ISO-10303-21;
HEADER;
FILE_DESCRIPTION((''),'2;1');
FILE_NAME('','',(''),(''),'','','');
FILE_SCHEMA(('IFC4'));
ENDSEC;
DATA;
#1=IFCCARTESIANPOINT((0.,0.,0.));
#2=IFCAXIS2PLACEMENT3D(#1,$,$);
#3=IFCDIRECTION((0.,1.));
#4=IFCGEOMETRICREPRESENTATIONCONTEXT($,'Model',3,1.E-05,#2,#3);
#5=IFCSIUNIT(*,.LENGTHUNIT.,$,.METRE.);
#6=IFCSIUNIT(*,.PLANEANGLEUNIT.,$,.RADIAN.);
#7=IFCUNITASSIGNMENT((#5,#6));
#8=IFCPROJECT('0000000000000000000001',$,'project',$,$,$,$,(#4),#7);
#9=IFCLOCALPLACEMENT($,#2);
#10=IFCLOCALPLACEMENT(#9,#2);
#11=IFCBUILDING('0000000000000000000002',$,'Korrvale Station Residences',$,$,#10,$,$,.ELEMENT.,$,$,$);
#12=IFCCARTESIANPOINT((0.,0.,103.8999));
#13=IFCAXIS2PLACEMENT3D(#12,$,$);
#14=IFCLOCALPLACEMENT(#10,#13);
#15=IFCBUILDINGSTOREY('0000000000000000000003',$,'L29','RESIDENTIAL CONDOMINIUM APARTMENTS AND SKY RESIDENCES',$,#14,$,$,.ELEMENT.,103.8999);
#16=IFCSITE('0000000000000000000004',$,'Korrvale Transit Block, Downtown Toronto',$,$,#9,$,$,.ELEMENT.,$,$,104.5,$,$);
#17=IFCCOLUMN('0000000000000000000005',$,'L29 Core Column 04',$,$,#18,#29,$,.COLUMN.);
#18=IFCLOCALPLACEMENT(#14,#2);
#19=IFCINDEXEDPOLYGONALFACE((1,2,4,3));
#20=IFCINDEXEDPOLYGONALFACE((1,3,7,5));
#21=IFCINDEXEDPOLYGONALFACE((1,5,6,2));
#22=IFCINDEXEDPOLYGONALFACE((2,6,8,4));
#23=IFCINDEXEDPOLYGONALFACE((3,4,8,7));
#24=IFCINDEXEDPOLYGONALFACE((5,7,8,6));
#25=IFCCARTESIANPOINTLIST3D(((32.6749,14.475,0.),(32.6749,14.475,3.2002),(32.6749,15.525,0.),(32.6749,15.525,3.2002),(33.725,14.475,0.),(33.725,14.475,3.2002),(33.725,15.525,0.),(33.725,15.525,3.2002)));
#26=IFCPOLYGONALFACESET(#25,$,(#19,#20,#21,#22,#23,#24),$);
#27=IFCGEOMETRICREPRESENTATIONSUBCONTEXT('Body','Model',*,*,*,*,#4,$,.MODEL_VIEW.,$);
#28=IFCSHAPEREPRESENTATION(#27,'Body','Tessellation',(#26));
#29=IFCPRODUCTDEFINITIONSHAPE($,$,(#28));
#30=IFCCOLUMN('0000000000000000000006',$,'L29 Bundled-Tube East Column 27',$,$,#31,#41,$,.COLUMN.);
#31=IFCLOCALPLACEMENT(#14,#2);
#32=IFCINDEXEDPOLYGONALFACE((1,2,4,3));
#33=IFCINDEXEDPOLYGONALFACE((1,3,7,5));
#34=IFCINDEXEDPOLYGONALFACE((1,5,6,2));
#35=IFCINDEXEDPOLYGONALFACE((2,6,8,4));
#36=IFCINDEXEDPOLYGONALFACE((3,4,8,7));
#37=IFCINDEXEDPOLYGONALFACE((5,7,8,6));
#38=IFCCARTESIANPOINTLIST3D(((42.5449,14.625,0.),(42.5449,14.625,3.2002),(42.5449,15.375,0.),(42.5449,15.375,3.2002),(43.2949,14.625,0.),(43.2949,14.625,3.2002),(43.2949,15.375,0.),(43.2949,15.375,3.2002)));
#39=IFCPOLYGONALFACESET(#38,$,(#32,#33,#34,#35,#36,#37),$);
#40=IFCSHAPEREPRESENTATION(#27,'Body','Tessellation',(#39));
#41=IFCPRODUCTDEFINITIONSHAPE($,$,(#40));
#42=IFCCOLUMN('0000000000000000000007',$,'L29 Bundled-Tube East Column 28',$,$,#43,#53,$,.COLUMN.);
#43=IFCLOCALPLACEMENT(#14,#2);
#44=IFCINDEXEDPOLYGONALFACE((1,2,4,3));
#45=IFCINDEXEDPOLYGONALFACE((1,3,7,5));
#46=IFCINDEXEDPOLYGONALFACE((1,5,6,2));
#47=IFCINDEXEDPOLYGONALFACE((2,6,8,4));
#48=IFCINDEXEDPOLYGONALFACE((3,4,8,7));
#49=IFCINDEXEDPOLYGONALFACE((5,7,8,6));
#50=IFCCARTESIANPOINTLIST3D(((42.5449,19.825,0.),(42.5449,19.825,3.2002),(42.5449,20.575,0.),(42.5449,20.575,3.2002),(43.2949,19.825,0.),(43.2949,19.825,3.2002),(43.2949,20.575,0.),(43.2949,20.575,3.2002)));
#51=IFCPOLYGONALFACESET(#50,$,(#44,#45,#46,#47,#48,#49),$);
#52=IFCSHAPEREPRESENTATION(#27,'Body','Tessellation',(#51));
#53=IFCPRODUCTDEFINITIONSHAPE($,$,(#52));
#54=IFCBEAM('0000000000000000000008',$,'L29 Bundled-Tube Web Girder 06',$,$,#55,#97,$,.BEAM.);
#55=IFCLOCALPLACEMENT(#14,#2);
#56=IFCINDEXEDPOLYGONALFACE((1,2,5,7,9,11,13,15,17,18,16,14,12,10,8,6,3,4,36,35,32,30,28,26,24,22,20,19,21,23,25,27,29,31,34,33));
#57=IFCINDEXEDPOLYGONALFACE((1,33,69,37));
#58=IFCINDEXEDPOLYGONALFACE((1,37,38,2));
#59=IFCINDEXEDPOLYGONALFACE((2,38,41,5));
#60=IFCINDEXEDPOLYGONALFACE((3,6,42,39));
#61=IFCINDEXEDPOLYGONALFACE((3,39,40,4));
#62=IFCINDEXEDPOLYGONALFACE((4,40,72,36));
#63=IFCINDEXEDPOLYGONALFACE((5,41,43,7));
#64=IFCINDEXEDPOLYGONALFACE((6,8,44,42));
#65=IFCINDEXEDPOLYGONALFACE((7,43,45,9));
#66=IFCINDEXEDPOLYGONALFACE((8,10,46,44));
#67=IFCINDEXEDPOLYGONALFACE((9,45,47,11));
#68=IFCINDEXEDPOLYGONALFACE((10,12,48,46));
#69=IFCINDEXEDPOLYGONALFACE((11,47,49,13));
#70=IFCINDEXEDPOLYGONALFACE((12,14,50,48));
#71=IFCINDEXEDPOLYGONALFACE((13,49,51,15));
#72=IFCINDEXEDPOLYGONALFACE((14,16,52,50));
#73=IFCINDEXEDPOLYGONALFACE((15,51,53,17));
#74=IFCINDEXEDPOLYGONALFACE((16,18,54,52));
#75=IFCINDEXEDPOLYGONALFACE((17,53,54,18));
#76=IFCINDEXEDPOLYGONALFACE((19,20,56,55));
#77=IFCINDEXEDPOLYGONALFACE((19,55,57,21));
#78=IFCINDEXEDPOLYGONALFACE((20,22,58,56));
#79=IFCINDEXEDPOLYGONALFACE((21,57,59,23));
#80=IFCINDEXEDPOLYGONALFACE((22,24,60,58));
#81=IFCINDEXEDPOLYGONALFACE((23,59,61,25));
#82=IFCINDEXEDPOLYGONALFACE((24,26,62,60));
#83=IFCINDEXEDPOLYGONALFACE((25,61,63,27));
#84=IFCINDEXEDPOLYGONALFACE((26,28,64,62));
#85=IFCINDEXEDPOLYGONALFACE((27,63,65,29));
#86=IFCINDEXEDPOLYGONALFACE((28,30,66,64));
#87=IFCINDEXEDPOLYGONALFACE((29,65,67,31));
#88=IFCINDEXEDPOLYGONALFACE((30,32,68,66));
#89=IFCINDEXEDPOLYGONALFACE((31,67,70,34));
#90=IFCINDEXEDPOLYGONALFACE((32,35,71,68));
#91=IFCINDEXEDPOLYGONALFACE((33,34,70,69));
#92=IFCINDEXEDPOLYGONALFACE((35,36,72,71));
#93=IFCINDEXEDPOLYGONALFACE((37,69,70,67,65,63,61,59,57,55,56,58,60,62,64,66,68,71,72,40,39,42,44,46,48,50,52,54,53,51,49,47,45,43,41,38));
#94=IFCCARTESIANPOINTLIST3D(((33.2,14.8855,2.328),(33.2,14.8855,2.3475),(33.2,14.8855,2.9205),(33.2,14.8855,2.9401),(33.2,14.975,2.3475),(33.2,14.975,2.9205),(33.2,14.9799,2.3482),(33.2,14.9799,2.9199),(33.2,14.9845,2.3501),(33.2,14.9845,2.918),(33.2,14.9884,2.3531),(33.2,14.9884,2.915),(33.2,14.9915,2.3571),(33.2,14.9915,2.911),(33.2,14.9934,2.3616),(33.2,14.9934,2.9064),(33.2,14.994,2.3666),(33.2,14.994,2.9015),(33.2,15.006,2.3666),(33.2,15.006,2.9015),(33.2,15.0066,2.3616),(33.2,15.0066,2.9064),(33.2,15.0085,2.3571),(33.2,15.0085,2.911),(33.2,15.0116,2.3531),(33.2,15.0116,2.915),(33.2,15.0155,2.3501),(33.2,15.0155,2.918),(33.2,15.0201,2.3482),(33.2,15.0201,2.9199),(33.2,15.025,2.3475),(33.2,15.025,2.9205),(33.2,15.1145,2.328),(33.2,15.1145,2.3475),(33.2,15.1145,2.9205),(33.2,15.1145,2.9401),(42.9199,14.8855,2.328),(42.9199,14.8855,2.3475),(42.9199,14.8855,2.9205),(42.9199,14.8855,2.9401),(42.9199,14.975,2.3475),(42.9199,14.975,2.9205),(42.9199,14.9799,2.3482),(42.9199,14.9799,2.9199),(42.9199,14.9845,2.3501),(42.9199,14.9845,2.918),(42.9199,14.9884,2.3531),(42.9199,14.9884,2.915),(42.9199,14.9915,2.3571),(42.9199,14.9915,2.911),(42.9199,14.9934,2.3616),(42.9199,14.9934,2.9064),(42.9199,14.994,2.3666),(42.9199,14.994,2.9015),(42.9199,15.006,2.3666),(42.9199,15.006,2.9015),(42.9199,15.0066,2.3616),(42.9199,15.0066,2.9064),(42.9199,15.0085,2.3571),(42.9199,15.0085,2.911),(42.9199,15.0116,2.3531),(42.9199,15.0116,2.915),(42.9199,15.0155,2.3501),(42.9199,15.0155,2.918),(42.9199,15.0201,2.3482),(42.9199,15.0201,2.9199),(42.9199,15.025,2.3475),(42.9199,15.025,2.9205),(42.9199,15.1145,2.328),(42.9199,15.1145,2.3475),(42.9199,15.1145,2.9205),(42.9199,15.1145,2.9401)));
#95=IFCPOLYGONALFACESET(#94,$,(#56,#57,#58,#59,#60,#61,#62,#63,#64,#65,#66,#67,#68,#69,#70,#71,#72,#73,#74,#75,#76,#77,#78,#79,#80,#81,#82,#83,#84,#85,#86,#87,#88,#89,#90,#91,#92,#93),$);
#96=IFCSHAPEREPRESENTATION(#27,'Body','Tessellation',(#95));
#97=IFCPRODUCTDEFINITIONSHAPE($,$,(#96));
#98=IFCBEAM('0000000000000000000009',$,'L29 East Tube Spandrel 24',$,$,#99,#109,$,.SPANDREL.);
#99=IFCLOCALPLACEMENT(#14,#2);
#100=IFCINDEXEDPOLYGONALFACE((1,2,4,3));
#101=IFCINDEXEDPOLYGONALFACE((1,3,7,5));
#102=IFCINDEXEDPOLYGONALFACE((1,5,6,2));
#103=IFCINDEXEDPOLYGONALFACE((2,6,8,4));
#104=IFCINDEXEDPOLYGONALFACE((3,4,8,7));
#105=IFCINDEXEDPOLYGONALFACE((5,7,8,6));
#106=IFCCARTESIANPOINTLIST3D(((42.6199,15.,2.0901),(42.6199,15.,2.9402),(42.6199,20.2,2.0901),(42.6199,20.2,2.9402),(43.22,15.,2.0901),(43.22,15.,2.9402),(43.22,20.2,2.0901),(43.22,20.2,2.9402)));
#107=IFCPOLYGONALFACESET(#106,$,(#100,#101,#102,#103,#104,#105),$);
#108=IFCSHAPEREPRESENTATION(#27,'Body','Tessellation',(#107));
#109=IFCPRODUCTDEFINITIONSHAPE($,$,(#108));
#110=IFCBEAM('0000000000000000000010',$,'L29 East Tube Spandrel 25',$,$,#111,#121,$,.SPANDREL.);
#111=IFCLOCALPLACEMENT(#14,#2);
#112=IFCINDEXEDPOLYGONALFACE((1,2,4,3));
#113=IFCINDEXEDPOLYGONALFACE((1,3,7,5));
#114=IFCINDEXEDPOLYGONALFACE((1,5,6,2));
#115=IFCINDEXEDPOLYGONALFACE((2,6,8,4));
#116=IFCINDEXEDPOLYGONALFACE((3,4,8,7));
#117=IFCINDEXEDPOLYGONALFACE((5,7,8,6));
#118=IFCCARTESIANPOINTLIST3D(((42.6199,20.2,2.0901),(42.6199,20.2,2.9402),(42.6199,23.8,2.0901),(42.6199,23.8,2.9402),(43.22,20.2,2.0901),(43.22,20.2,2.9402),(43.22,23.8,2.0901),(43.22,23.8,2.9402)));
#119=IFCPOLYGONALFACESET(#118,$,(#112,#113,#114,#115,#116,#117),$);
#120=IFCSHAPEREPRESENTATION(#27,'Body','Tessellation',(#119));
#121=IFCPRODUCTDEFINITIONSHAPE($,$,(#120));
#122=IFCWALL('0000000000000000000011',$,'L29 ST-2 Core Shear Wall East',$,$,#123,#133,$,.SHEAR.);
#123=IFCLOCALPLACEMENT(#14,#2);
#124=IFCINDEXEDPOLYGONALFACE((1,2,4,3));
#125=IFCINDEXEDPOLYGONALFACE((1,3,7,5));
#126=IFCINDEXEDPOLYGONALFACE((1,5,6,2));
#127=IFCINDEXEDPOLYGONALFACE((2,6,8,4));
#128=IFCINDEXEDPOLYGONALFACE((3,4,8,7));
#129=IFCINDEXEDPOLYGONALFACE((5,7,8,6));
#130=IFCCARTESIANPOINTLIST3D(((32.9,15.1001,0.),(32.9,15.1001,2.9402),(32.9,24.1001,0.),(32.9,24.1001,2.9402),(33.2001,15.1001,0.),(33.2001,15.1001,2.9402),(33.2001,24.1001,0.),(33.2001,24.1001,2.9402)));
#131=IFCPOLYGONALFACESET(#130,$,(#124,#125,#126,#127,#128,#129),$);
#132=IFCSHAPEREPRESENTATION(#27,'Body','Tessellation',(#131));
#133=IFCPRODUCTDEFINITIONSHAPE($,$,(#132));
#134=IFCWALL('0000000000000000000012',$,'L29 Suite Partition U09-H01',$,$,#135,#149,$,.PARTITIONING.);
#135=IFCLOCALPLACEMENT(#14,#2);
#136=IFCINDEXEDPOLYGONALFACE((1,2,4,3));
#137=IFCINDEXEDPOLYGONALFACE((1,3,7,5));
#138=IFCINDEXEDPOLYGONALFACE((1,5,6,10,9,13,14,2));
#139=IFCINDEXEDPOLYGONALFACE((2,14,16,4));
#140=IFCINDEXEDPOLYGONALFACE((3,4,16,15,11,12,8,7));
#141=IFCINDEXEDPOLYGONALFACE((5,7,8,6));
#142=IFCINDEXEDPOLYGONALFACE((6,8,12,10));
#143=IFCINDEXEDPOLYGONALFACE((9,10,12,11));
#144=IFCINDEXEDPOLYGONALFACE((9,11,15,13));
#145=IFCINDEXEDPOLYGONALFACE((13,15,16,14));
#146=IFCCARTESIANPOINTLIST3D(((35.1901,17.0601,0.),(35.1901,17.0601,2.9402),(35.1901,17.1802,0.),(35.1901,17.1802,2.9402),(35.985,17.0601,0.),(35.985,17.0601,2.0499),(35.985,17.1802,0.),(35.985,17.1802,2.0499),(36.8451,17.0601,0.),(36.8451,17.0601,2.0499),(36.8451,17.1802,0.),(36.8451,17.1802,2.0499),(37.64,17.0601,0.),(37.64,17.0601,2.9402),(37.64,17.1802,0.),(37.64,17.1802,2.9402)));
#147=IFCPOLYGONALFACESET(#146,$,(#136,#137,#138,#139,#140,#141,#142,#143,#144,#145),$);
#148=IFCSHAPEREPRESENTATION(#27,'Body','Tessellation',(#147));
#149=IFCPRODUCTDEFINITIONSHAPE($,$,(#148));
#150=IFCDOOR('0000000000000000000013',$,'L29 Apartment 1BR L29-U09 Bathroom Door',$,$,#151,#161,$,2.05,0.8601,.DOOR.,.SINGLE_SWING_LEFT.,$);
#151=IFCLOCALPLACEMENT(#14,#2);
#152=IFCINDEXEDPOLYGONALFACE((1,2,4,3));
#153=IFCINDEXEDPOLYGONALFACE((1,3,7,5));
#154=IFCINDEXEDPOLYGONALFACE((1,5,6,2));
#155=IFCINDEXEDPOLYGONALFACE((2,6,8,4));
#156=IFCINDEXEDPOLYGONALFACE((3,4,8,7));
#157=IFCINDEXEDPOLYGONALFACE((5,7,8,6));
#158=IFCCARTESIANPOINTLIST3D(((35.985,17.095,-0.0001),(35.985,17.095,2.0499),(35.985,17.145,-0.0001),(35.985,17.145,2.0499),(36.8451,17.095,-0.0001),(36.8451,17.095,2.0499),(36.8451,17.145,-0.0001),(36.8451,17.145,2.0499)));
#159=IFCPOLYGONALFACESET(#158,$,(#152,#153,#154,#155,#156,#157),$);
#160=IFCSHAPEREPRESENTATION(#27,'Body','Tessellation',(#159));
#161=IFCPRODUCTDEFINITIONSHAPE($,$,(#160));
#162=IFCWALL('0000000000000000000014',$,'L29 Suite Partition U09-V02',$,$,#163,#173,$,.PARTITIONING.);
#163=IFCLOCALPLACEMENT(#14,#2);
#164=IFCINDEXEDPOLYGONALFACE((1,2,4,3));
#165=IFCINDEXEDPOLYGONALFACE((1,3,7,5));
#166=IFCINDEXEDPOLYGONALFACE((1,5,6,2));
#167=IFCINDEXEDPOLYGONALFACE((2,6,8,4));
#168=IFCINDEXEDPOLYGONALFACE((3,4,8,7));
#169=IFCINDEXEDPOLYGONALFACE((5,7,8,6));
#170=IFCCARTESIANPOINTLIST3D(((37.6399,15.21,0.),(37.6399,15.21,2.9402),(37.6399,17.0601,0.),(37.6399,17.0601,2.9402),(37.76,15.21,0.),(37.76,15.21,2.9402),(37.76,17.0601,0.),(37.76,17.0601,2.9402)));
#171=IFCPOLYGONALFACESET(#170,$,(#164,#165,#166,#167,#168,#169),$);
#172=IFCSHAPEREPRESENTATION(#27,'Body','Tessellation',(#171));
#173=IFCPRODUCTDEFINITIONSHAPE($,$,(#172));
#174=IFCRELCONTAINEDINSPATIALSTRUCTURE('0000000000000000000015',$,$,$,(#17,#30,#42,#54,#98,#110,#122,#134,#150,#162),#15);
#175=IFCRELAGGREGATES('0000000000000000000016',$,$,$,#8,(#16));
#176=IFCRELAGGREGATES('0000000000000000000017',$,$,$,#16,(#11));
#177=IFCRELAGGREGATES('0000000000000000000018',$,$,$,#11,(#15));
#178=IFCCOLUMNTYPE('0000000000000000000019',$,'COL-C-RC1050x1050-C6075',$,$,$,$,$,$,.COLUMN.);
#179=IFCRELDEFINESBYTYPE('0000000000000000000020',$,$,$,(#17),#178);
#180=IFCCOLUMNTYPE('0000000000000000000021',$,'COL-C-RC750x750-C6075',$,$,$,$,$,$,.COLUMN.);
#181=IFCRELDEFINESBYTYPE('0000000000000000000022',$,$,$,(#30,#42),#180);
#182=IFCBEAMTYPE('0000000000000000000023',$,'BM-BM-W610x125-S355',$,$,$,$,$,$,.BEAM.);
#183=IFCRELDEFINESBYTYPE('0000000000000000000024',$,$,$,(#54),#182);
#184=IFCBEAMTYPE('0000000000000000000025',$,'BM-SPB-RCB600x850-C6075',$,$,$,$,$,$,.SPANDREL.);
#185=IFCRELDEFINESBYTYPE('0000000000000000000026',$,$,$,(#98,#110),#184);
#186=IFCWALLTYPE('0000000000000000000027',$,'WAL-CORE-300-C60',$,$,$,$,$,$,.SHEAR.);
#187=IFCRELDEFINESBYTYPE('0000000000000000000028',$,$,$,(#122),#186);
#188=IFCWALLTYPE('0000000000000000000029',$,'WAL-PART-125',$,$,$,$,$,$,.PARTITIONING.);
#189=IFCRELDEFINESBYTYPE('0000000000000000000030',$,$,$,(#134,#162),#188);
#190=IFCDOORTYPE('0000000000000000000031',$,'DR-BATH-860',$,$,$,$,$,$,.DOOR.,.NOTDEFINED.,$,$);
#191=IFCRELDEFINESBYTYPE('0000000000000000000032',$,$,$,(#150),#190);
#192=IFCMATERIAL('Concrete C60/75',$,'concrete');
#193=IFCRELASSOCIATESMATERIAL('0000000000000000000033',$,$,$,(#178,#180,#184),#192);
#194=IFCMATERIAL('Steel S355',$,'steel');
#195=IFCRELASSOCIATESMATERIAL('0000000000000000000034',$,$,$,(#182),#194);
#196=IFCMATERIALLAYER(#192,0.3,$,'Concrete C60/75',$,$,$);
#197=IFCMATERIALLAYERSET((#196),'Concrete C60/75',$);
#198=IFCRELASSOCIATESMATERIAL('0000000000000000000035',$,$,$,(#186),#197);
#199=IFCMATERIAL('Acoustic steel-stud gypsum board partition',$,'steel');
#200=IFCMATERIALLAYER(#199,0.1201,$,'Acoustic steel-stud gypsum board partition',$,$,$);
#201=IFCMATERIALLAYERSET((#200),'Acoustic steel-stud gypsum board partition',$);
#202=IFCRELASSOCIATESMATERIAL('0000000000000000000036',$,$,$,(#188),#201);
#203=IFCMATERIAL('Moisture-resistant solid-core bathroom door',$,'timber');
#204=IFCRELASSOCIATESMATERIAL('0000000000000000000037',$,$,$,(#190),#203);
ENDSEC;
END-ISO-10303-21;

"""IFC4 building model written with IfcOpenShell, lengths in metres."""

from ifc_helpers import new_model, si_unit, direction, frame, frame_2d, origin, origin_2d, place, context, subcontext, project, spatial, rectangle, i_section, extrude, material, layer, layer_set, material_profile, profile_set, type_object, element, fill, save


model = new_model("IFC4")

# Units and contexts
model_context = context("Model", 3, precision=1e-05, world=origin(), true_north=direction((0.0, 1.0)))
body_context = subcontext(model_context, "Body", "Model", "MODEL_VIEW")
ifc_project = project(units=[si_unit("LENGTHUNIT", "METRE"), si_unit("PLANEANGLEUNIT", "RADIAN")], contexts=[model_context])

# Site, building, storey
site_placement = place(None, origin())
site = spatial("IfcSite", under=ifc_project, at=site_placement, Name="Korrvale Transit Block, Downtown Toronto", CompositionType="ELEMENT", RefElevation=104.5)
building_placement = place(site_placement, origin())
building = spatial("IfcBuilding", under=site, at=building_placement, Name="Korrvale Station Residences", CompositionType="ELEMENT")
storey_placement = place(building_placement, frame((0.0, 0.0, 103.8999)))
storey = spatial("IfcBuildingStorey", under=building, at=storey_placement, Name="L29", Description="RESIDENTIAL CONDOMINIUM APARTMENTS AND SKY RESIDENCES", CompositionType="ELEMENT", Elevation=103.8999)

# Columns
ifc_material_1 = material(Name="Concrete C60/75", Category="concrete")
ifc_material_profile_1 = material_profile(ifc_material_1, rectangle(XDim=1.05, YDim=1.05, at=origin_2d()), Name="RC1050x1050")
ifc_profile_set_1 = profile_set([ifc_material_profile_1], Name="Concrete C60/75")
column_type_1 = type_object("IfcColumnType", Name="COL-C-RC1050x1050-C6075", PredefinedType="COLUMN", material=ifc_profile_set_1)
column_placement = place(storey_placement, frame((33.2, 15.0, 0.0), z_axis=(0.0, 0.0, 1.0), x_axis=(1.0, 0.0, 0.0)))
element("IfcColumn", 1, at=column_placement, inside=storey, type_object=column_type_1, Name="L29 Core Column 04", PredefinedType="COLUMN", context=body_context, shape_type="SweptSolid", body=[
    extrude(rectangle(XDim=1.05, YDim=1.05, at=origin_2d()), origin(), (0.0, 0.0, 1.0), 3.2002),
])
ifc_material_profile_2 = material_profile(ifc_material_1, rectangle(XDim=0.75, YDim=0.75, at=origin_2d()), Name="RC750x750")
ifc_profile_set_2 = profile_set([ifc_material_profile_2], Name="Concrete C60/75")
column_type_2 = type_object("IfcColumnType", Name="COL-C-RC750x750-C6075", PredefinedType="COLUMN", material=ifc_profile_set_2)
for number, where, z_axis, x_axis, name in (
    (2, (42.9199, 15.0, 0.0), (0.0, 0.0, 1.0), (1.0, 0.0, 0.0), "L29 Bundled-Tube East Column 27"),
    (3, (42.9199, 20.2, 0.0), (0.0, 0.0, 1.0), (1.0, 0.0, 0.0), "L29 Bundled-Tube East Column 28"),
):
    element("IfcColumn", number, at=place(storey_placement, frame(where, z_axis=z_axis, x_axis=x_axis)), inside=storey, type_object=column_type_2, Name=name, PredefinedType="COLUMN", context=body_context, shape_type="SweptSolid", body=[
        extrude(rectangle(XDim=0.75, YDim=0.75, at=origin_2d()), origin(), (0.0, 0.0, 1.0), 3.2002),
    ])

# Beams
ifc_material_2 = material(Name="Steel S355", Category="steel")
ifc_material_profile_3 = material_profile(ifc_material_2, i_section(OverallWidth=0.229, OverallDepth=0.6121, WebThickness=0.012, FlangeThickness=0.0195, FilletRadius=0.019, at=origin_2d()), Name="W610x125")
ifc_profile_set_3 = profile_set([ifc_material_profile_3], Name="Steel S355")
beam_type_1 = type_object("IfcBeamType", Name="BM-BM-W610x125-S355", PredefinedType="BEAM", material=ifc_profile_set_3)
beam_1_placement = place(storey_placement, frame((33.2, 15.0, 2.634), z_axis=(1.0, 0.0, 0.0), x_axis=(0.0, 1.0, 0.0)))
element("IfcBeam", 4, at=beam_1_placement, inside=storey, type_object=beam_type_1, Name="L29 Bundled-Tube Web Girder 06", PredefinedType="BEAM", context=body_context, shape_type="SweptSolid", body=[
    extrude(i_section(OverallWidth=0.229, OverallDepth=0.6121, WebThickness=0.012, FlangeThickness=0.0195, FilletRadius=0.019, at=origin_2d()), origin(), (0.0, 0.0, 1.0), 9.72),
])
ifc_material_profile_4 = material_profile(ifc_material_1, rectangle(XDim=0.6001, YDim=0.8501, at=origin_2d()), Name="RCB600x850")
ifc_profile_set_4 = profile_set([ifc_material_profile_4], Name="Concrete C60/75")
beam_type_2 = type_object("IfcBeamType", Name="BM-SPB-RCB600x850-C6075", PredefinedType="SPANDREL", material=ifc_profile_set_4)
beam_2_placement = place(storey_placement, frame((42.9199, 15.0, 2.5151), z_axis=(0.0, 1.0, 0.0), x_axis=(-1.0, 0.0, 0.0)))
element("IfcBeam", 5, at=beam_2_placement, inside=storey, type_object=beam_type_2, Name="L29 East Tube Spandrel 24", PredefinedType="SPANDREL", context=body_context, shape_type="SweptSolid", body=[
    extrude(rectangle(XDim=0.6001, YDim=0.8501, at=origin_2d()), origin(), (0.0, 0.0, 1.0), 5.2),
])
beam_3_placement = place(storey_placement, frame((42.9199, 20.2, 2.5151), z_axis=(0.0, 1.0, 0.0), x_axis=(-1.0, 0.0, 0.0)))
element("IfcBeam", 6, at=beam_3_placement, inside=storey, type_object=beam_type_2, Name="L29 East Tube Spandrel 25", PredefinedType="SPANDREL", context=body_context, shape_type="SweptSolid", body=[
    extrude(rectangle(XDim=0.6001, YDim=0.8501, at=origin_2d()), origin(), (0.0, 0.0, 1.0), 3.6001),
])

# Wall
ifc_layer_1 = layer(ifc_material_1, 0.3, Name="Concrete C60/75")
ifc_layer_set_1 = layer_set([ifc_layer_1], Name="Concrete C60/75")
wall_type_1 = type_object("IfcWallType", Name="WAL-CORE-300-C60", PredefinedType="SHEAR", material=ifc_layer_set_1)
wall_1_placement = place(storey_placement, frame((33.05, 15.1001, 0.0), z_axis=(0.0, 0.0, 1.0), x_axis=(0.0, 1.0, 0.0)))
element("IfcWall", 7, at=wall_1_placement, inside=storey, type_object=wall_type_1, Name="L29 ST-2 Core Shear Wall East", PredefinedType="SHEAR", context=body_context, shape_type="SweptSolid", body=[
    extrude(rectangle(XDim=9.0, YDim=0.3, at=frame_2d((4.5, 0.0))), origin(), (0.0, 0.0, 1.0), 2.9402),
])

# Wall, opening, door
ifc_material_3 = material(Name="Acoustic steel-stud gypsum board partition", Category="steel")
ifc_layer_2 = layer(ifc_material_3, 0.1201, Name="Acoustic steel-stud gypsum board partition")
ifc_layer_set_2 = layer_set([ifc_layer_2], Name="Acoustic steel-stud gypsum board partition")
wall_type_2 = type_object("IfcWallType", Name="WAL-PART-125", PredefinedType="PARTITIONING", material=ifc_layer_set_2)
wall_2_placement = place(storey_placement, frame((35.1899, 17.1201, 0.0), z_axis=(0.0, 0.0, 1.0), x_axis=(1.0, 0.0, 0.0)))
wall_2 = element("IfcWall", 8, at=wall_2_placement, inside=storey, type_object=wall_type_2, Name="L29 Suite Partition U09-H01", PredefinedType="PARTITIONING", context=body_context, shape_type="SweptSolid", body=[
    extrude(rectangle(XDim=2.45, YDim=0.1201, at=frame_2d((1.2251, 0.0))), origin(), (0.0, 0.0, 1.0), 2.9402),
])
opening_1_placement = place(wall_2_placement, frame((0.7949, 0.0, 0.0)))
opening_1 = element("IfcOpeningElement", 9, at=opening_1_placement, cuts=wall_2, PredefinedType="OPENING", context=body_context, shape_type="SweptSolid", body=[
    extrude(rectangle(XDim=0.8601, YDim=2.05, at=frame_2d((0.4302, 1.0249))), frame((0.0, 0.0701, 0.0), z_axis=(0.0, -1.0, 0.0), x_axis=(1.0, 0.0, 0.0)), (0.0, 0.0, 1.0), 0.1401),
])
ifc_material_4 = material(Name="Moisture-resistant solid-core bathroom door", Category="timber")
door_type_1 = type_object("IfcDoorType", Name="DR-BATH-860", OperationType="NOTDEFINED", PredefinedType="DOOR", material=ifc_material_4)
door_1_placement = place(opening_1_placement, origin())
door_1 = element("IfcDoor", 10, at=door_1_placement, inside=storey, type_object=door_type_1, Name="L29 Apartment 1BR L29-U09 Bathroom Door", OperationType="SINGLE_SWING_LEFT", OverallHeight=2.05, OverallWidth=0.8601, PredefinedType="DOOR", context=body_context, shape_type="SweptSolid", body=[
    extrude(rectangle(XDim=0.8601, YDim=2.05, at=frame_2d((0.4302, 1.0249))), frame((0.0, 0.0249, 0.0), z_axis=(0.0, -1.0, 0.0), x_axis=(1.0, 0.0, 0.0)), (0.0, 0.0, 1.0), 0.05),
])
fill(opening_1, door_1)

# Wall
wall_3_placement = place(storey_placement, frame((37.7, 15.21, 0.0), z_axis=(0.0, 0.0, 1.0), x_axis=(0.0, 1.0, 0.0)))
element("IfcWall", 11, at=wall_3_placement, inside=storey, type_object=wall_type_2, Name="L29 Suite Partition U09-V02", PredefinedType="PARTITIONING", context=body_context, shape_type="SweptSolid", body=[
    extrude(rectangle(XDim=1.8501, YDim=0.1201, at=frame_2d((0.925, 0.0))), origin(), (0.0, 0.0, 1.0), 2.9402),
])

save(model, "model.ifc")
